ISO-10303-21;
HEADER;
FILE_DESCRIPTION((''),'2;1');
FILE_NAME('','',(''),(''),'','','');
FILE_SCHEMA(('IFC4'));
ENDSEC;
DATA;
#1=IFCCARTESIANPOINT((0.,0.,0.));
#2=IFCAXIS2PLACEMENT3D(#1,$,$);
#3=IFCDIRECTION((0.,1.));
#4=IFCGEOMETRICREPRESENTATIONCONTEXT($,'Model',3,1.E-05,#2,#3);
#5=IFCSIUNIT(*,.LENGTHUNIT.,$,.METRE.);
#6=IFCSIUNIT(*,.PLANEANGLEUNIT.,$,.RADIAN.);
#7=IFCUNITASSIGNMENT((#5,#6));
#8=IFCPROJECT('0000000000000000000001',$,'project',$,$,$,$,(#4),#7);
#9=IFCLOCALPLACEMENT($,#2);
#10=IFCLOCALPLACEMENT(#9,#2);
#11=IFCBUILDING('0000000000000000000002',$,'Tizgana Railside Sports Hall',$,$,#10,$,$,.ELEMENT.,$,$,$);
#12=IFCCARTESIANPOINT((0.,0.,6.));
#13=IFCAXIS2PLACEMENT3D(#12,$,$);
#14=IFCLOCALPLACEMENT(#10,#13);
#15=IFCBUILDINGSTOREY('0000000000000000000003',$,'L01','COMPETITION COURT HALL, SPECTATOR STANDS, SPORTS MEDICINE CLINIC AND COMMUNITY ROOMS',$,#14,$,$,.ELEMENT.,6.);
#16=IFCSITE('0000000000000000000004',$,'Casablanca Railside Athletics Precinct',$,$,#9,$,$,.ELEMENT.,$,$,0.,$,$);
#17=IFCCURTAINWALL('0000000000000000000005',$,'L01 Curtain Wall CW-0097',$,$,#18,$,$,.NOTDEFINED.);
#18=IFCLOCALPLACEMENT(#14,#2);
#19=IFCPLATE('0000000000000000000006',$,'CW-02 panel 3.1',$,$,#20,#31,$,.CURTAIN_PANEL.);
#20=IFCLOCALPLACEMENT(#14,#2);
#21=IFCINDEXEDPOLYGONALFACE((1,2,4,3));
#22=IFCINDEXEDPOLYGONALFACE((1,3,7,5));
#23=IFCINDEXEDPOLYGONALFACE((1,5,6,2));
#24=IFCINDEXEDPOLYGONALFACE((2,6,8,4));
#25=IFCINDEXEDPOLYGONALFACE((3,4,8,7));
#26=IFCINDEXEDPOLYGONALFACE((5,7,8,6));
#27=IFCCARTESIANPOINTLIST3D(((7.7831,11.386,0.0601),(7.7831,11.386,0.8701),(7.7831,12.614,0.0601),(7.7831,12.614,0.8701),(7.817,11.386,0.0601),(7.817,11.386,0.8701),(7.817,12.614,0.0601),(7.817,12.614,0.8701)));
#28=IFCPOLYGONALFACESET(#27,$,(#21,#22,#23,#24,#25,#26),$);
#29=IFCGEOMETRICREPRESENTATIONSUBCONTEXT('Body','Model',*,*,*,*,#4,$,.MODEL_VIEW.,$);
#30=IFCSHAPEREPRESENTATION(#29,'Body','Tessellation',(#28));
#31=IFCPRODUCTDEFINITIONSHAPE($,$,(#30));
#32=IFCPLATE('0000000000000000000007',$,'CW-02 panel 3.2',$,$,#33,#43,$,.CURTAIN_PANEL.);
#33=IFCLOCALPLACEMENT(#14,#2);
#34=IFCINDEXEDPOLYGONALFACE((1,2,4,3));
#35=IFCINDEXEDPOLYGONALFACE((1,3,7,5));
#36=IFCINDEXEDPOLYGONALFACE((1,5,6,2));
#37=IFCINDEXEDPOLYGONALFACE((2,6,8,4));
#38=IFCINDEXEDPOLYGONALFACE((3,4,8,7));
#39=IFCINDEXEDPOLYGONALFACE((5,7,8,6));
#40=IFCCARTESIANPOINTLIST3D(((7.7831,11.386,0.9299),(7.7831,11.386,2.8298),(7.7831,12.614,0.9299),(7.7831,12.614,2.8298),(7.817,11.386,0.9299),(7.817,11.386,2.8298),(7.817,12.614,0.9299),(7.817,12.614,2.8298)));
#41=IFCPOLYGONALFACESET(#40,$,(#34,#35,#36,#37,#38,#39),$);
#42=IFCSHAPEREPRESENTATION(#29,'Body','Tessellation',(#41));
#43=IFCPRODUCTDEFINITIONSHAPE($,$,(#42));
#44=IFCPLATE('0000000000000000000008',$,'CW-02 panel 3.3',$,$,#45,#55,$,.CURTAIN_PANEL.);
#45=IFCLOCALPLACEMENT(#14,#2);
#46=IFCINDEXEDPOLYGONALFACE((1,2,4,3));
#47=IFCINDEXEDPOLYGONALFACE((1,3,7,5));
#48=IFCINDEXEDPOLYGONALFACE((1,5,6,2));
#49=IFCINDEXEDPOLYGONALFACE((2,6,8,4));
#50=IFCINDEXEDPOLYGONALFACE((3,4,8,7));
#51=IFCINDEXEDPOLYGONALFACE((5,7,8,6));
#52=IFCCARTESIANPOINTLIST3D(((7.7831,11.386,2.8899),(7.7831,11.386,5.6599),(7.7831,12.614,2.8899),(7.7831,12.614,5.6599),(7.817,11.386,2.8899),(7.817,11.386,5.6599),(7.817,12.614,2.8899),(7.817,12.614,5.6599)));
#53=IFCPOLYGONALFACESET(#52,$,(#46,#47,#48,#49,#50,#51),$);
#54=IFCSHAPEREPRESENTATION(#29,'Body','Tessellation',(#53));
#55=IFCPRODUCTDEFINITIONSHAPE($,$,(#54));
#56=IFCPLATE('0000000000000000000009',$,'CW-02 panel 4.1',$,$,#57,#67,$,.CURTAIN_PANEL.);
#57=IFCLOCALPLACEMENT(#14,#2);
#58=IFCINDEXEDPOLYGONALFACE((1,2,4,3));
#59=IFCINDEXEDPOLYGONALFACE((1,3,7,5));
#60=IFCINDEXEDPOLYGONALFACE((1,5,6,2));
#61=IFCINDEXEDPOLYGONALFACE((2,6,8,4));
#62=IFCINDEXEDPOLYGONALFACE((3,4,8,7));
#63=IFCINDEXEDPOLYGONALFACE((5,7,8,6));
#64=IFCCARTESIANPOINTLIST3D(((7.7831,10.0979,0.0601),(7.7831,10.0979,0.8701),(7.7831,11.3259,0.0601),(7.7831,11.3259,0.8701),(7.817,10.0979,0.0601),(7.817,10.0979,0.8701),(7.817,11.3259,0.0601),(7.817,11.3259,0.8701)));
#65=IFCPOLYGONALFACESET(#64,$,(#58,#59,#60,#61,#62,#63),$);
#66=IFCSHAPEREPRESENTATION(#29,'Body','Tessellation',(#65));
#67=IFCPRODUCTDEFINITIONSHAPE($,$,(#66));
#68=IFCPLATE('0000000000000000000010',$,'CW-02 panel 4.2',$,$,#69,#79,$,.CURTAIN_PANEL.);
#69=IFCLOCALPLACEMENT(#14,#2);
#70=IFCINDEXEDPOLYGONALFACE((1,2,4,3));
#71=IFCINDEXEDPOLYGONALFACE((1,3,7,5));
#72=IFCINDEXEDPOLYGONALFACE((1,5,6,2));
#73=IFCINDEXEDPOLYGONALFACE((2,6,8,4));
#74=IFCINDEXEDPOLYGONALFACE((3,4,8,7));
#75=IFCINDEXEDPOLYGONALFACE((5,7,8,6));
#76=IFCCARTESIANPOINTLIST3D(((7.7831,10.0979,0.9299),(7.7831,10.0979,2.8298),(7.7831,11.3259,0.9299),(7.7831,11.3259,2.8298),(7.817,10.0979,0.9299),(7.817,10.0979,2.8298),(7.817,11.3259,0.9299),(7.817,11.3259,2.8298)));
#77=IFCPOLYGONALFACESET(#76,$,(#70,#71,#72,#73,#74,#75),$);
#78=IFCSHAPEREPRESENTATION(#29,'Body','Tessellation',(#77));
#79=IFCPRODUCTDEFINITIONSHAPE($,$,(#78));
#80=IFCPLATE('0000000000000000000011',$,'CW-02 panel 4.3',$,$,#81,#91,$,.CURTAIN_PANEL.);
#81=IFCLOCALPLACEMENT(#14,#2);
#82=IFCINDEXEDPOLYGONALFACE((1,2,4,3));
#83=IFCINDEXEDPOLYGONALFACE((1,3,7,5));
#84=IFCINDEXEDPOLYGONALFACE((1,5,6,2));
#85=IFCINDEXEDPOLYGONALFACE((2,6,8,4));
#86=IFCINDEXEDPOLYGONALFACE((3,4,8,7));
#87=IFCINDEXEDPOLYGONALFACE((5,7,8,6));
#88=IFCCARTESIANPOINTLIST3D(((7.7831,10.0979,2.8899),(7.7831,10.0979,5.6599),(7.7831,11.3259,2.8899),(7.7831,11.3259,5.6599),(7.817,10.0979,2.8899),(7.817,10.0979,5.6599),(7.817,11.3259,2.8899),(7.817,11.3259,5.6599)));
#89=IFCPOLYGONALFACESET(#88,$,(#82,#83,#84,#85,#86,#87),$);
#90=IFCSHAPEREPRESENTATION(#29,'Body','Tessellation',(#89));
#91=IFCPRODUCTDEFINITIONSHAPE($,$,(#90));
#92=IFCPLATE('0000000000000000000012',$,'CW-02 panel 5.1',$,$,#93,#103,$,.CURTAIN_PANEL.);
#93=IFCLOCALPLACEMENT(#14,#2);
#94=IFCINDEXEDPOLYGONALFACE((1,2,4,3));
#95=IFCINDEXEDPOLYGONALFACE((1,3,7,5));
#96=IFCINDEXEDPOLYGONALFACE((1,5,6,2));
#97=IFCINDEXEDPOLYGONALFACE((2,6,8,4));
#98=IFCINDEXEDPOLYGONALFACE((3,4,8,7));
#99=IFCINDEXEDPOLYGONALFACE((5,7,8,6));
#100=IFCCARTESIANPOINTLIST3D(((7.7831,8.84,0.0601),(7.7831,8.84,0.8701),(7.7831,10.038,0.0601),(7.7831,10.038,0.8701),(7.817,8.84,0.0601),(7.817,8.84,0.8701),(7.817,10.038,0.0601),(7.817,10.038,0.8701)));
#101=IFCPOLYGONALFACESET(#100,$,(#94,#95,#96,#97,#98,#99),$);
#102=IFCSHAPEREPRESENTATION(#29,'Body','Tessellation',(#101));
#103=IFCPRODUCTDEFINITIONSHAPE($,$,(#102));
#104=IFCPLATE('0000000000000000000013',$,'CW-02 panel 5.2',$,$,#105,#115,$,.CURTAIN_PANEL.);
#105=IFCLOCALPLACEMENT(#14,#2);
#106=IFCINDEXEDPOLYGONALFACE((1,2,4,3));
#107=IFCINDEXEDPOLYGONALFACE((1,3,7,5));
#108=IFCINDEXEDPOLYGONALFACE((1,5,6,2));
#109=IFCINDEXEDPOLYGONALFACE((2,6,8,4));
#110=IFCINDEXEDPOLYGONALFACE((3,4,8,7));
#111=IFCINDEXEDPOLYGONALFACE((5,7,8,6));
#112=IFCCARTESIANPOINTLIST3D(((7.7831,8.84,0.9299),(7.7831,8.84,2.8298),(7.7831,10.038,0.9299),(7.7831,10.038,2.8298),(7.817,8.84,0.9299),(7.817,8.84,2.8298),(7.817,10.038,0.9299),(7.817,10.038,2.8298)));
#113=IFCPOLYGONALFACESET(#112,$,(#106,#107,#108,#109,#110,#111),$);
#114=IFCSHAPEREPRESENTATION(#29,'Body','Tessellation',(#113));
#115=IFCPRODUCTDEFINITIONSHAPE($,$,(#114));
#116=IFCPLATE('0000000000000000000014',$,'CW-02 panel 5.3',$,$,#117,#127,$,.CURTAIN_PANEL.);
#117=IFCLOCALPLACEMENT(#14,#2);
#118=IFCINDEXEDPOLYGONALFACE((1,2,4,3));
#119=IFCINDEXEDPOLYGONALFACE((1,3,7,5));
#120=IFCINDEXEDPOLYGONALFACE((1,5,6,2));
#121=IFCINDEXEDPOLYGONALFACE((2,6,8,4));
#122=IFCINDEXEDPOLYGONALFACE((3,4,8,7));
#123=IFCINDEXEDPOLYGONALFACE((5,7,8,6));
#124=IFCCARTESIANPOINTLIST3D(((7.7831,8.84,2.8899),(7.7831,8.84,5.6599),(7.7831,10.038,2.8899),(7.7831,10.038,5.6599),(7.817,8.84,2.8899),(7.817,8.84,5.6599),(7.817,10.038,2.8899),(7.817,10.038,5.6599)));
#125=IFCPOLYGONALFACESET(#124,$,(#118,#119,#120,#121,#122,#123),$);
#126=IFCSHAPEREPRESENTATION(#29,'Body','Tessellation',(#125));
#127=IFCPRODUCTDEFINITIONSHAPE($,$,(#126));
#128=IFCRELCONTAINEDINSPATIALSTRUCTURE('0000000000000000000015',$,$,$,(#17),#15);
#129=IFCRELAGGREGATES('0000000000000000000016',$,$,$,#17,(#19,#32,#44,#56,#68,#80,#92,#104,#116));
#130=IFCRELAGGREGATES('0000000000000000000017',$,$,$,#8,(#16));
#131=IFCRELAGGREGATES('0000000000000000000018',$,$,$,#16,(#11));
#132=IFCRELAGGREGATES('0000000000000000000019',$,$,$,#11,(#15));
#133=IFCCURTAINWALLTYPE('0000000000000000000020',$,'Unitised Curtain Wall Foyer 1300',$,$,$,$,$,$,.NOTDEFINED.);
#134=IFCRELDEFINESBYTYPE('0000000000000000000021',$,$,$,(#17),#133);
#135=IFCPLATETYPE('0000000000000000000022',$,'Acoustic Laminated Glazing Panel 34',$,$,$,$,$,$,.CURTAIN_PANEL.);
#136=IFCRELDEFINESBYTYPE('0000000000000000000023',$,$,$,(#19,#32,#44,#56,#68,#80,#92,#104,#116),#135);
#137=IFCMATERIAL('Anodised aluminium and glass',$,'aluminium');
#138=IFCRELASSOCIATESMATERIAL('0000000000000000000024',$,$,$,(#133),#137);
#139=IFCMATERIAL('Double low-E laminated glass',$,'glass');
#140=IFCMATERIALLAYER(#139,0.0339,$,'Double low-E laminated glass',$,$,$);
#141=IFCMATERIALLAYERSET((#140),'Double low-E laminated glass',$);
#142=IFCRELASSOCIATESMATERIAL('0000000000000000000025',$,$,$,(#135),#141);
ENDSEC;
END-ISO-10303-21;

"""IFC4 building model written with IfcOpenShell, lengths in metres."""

from ifc_helpers import new_model, si_unit, direction, frame, origin, origin_2d, place, context, subcontext, project, spatial, rectangle, extrude, material, layer, layer_set, type_object, element, aggregate, save


model = new_model("IFC4")

# Units and contexts
model_context = context("Model", 3, precision=1e-05, world=origin(), true_north=direction((0.0, 1.0)))
body_context = subcontext(model_context, "Body", "Model", "MODEL_VIEW")
ifc_project = project(units=[si_unit("LENGTHUNIT", "METRE"), si_unit("PLANEANGLEUNIT", "RADIAN")], contexts=[model_context])

# Site, building, storey
site_placement = place(None, origin())
site = spatial("IfcSite", under=ifc_project, at=site_placement, Name="Casablanca Railside Athletics Precinct", CompositionType="ELEMENT", RefElevation=0.0)
building_placement = place(site_placement, origin())
building = spatial("IfcBuilding", under=site, at=building_placement, Name="Tizgana Railside Sports Hall", CompositionType="ELEMENT")
storey_placement = place(building_placement, frame((0.0, 0.0, 6.0)))
storey = spatial("IfcBuildingStorey", under=building, at=storey_placement, Name="L01", Description="COMPETITION COURT HALL, SPECTATOR STANDS, SPORTS MEDICINE CLINIC AND COMMUNITY ROOMS", CompositionType="ELEMENT", Elevation=6.0)

# Curtain wall
ifc_material_1 = material(Name="Anodised aluminium and glass", Category="aluminium")
curtain_wall_type = type_object("IfcCurtainWallType", Name="Unitised Curtain Wall Foyer 1300", PredefinedType="NOTDEFINED", material=ifc_material_1)
curtain_wall_placement = place(storey_placement, origin())
curtain_wall = element("IfcCurtainWall", 1, at=curtain_wall_placement, inside=storey, type_object=curtain_wall_type, Name="L01 Curtain Wall CW-0097", PredefinedType="NOTDEFINED")

# Plates
ifc_material_2 = material(Name="Double low-E laminated glass", Category="glass")
ifc_layer = layer(ifc_material_2, 0.0339, Name="Double low-E laminated glass")
ifc_layer_set = layer_set([ifc_layer], Name="Double low-E laminated glass")
plate_type = type_object("IfcPlateType", Name="Acoustic Laminated Glazing Panel 34", PredefinedType="CURTAIN_PANEL", material=ifc_layer_set)
plate_1_placement = place(storey_placement, frame((7.8, 12.0, 0.0601), z_axis=(0.0, 0.0, 1.0), x_axis=(0.0, -1.0, 0.0)))
plate_1 = element("IfcPlate", 2, at=plate_1_placement, type_object=plate_type, Name="CW-02 panel 3.1", PredefinedType="CURTAIN_PANEL", context=body_context, shape_type="SweptSolid", body=[
    extrude(rectangle(XDim=1.228, YDim=0.0339, at=origin_2d()), origin(), (0.0, 0.0, 1.0), 0.8101),
])
plate_2_placement = place(storey_placement, frame((7.8, 12.0, 0.9299), z_axis=(0.0, 0.0, 1.0), x_axis=(0.0, -1.0, 0.0)))
plate_2 = element("IfcPlate", 3, at=plate_2_placement, type_object=plate_type, Name="CW-02 panel 3.2", PredefinedType="CURTAIN_PANEL", context=body_context, shape_type="SweptSolid", body=[
    extrude(rectangle(XDim=1.228, YDim=0.0339, at=origin_2d()), origin(), (0.0, 0.0, 1.0), 1.8999),
])
plate_3_placement = place(storey_placement, frame((7.8, 12.0, 2.8899), z_axis=(0.0, 0.0, 1.0), x_axis=(0.0, -1.0, 0.0)))
plate_3 = element("IfcPlate", 4, at=plate_3_placement, type_object=plate_type, Name="CW-02 panel 3.3", PredefinedType="CURTAIN_PANEL", context=body_context, shape_type="SweptSolid", body=[
    extrude(rectangle(XDim=1.228, YDim=0.0339, at=origin_2d()), origin(), (0.0, 0.0, 1.0), 2.77),
])
plate_4_placement = place(storey_placement, frame((7.8, 10.7119, 0.0601), z_axis=(0.0, 0.0, 1.0), x_axis=(0.0, -1.0, 0.0)))
plate_4 = element("IfcPlate", 5, at=plate_4_placement, type_object=plate_type, Name="CW-02 panel 4.1", PredefinedType="CURTAIN_PANEL", context=body_context, shape_type="SweptSolid", body=[
    extrude(rectangle(XDim=1.228, YDim=0.0339, at=origin_2d()), origin(), (0.0, 0.0, 1.0), 0.8101),
])
plate_5_placement = place(storey_placement, frame((7.8, 10.7119, 0.9299), z_axis=(0.0, 0.0, 1.0), x_axis=(0.0, -1.0, 0.0)))
plate_5 = element("IfcPlate", 6, at=plate_5_placement, type_object=plate_type, Name="CW-02 panel 4.2", PredefinedType="CURTAIN_PANEL", context=body_context, shape_type="SweptSolid", body=[
    extrude(rectangle(XDim=1.228, YDim=0.0339, at=origin_2d()), origin(), (0.0, 0.0, 1.0), 1.8999),
])
plate_6_placement = place(storey_placement, frame((7.8, 10.7119, 2.8899), z_axis=(0.0, 0.0, 1.0), x_axis=(0.0, -1.0, 0.0)))
plate_6 = element("IfcPlate", 7, at=plate_6_placement, type_object=plate_type, Name="CW-02 panel 4.3", PredefinedType="CURTAIN_PANEL", context=body_context, shape_type="SweptSolid", body=[
    extrude(rectangle(XDim=1.228, YDim=0.0339, at=origin_2d()), origin(), (0.0, 0.0, 1.0), 2.77),
])
plate_7_placement = place(storey_placement, frame((7.8, 9.439, 0.0601), z_axis=(0.0, 0.0, 1.0), x_axis=(0.0, -1.0, 0.0)))
plate_7 = element("IfcPlate", 8, at=plate_7_placement, type_object=plate_type, Name="CW-02 panel 5.1", PredefinedType="CURTAIN_PANEL", context=body_context, shape_type="SweptSolid", body=[
    extrude(rectangle(XDim=1.198, YDim=0.0339, at=origin_2d()), origin(), (0.0, 0.0, 1.0), 0.8101),
])
plate_8_placement = place(storey_placement, frame((7.8, 9.439, 0.9299), z_axis=(0.0, 0.0, 1.0), x_axis=(0.0, -1.0, 0.0)))
plate_8 = element("IfcPlate", 9, at=plate_8_placement, type_object=plate_type, Name="CW-02 panel 5.2", PredefinedType="CURTAIN_PANEL", context=body_context, shape_type="SweptSolid", body=[
    extrude(rectangle(XDim=1.198, YDim=0.0339, at=origin_2d()), origin(), (0.0, 0.0, 1.0), 1.8999),
])
plate_9_placement = place(storey_placement, frame((7.8, 9.439, 2.8899), z_axis=(0.0, 0.0, 1.0), x_axis=(0.0, -1.0, 0.0)))
plate_9 = element("IfcPlate", 10, at=plate_9_placement, type_object=plate_type, Name="CW-02 panel 5.3", PredefinedType="CURTAIN_PANEL", context=body_context, shape_type="SweptSolid", body=[
    extrude(rectangle(XDim=1.198, YDim=0.0339, at=origin_2d()), origin(), (0.0, 0.0, 1.0), 2.77),
])
aggregate(curtain_wall, [plate_1, plate_2, plate_3, plate_4, plate_5, plate_6, plate_7, plate_8, plate_9])

save(model, "model.ifc")
